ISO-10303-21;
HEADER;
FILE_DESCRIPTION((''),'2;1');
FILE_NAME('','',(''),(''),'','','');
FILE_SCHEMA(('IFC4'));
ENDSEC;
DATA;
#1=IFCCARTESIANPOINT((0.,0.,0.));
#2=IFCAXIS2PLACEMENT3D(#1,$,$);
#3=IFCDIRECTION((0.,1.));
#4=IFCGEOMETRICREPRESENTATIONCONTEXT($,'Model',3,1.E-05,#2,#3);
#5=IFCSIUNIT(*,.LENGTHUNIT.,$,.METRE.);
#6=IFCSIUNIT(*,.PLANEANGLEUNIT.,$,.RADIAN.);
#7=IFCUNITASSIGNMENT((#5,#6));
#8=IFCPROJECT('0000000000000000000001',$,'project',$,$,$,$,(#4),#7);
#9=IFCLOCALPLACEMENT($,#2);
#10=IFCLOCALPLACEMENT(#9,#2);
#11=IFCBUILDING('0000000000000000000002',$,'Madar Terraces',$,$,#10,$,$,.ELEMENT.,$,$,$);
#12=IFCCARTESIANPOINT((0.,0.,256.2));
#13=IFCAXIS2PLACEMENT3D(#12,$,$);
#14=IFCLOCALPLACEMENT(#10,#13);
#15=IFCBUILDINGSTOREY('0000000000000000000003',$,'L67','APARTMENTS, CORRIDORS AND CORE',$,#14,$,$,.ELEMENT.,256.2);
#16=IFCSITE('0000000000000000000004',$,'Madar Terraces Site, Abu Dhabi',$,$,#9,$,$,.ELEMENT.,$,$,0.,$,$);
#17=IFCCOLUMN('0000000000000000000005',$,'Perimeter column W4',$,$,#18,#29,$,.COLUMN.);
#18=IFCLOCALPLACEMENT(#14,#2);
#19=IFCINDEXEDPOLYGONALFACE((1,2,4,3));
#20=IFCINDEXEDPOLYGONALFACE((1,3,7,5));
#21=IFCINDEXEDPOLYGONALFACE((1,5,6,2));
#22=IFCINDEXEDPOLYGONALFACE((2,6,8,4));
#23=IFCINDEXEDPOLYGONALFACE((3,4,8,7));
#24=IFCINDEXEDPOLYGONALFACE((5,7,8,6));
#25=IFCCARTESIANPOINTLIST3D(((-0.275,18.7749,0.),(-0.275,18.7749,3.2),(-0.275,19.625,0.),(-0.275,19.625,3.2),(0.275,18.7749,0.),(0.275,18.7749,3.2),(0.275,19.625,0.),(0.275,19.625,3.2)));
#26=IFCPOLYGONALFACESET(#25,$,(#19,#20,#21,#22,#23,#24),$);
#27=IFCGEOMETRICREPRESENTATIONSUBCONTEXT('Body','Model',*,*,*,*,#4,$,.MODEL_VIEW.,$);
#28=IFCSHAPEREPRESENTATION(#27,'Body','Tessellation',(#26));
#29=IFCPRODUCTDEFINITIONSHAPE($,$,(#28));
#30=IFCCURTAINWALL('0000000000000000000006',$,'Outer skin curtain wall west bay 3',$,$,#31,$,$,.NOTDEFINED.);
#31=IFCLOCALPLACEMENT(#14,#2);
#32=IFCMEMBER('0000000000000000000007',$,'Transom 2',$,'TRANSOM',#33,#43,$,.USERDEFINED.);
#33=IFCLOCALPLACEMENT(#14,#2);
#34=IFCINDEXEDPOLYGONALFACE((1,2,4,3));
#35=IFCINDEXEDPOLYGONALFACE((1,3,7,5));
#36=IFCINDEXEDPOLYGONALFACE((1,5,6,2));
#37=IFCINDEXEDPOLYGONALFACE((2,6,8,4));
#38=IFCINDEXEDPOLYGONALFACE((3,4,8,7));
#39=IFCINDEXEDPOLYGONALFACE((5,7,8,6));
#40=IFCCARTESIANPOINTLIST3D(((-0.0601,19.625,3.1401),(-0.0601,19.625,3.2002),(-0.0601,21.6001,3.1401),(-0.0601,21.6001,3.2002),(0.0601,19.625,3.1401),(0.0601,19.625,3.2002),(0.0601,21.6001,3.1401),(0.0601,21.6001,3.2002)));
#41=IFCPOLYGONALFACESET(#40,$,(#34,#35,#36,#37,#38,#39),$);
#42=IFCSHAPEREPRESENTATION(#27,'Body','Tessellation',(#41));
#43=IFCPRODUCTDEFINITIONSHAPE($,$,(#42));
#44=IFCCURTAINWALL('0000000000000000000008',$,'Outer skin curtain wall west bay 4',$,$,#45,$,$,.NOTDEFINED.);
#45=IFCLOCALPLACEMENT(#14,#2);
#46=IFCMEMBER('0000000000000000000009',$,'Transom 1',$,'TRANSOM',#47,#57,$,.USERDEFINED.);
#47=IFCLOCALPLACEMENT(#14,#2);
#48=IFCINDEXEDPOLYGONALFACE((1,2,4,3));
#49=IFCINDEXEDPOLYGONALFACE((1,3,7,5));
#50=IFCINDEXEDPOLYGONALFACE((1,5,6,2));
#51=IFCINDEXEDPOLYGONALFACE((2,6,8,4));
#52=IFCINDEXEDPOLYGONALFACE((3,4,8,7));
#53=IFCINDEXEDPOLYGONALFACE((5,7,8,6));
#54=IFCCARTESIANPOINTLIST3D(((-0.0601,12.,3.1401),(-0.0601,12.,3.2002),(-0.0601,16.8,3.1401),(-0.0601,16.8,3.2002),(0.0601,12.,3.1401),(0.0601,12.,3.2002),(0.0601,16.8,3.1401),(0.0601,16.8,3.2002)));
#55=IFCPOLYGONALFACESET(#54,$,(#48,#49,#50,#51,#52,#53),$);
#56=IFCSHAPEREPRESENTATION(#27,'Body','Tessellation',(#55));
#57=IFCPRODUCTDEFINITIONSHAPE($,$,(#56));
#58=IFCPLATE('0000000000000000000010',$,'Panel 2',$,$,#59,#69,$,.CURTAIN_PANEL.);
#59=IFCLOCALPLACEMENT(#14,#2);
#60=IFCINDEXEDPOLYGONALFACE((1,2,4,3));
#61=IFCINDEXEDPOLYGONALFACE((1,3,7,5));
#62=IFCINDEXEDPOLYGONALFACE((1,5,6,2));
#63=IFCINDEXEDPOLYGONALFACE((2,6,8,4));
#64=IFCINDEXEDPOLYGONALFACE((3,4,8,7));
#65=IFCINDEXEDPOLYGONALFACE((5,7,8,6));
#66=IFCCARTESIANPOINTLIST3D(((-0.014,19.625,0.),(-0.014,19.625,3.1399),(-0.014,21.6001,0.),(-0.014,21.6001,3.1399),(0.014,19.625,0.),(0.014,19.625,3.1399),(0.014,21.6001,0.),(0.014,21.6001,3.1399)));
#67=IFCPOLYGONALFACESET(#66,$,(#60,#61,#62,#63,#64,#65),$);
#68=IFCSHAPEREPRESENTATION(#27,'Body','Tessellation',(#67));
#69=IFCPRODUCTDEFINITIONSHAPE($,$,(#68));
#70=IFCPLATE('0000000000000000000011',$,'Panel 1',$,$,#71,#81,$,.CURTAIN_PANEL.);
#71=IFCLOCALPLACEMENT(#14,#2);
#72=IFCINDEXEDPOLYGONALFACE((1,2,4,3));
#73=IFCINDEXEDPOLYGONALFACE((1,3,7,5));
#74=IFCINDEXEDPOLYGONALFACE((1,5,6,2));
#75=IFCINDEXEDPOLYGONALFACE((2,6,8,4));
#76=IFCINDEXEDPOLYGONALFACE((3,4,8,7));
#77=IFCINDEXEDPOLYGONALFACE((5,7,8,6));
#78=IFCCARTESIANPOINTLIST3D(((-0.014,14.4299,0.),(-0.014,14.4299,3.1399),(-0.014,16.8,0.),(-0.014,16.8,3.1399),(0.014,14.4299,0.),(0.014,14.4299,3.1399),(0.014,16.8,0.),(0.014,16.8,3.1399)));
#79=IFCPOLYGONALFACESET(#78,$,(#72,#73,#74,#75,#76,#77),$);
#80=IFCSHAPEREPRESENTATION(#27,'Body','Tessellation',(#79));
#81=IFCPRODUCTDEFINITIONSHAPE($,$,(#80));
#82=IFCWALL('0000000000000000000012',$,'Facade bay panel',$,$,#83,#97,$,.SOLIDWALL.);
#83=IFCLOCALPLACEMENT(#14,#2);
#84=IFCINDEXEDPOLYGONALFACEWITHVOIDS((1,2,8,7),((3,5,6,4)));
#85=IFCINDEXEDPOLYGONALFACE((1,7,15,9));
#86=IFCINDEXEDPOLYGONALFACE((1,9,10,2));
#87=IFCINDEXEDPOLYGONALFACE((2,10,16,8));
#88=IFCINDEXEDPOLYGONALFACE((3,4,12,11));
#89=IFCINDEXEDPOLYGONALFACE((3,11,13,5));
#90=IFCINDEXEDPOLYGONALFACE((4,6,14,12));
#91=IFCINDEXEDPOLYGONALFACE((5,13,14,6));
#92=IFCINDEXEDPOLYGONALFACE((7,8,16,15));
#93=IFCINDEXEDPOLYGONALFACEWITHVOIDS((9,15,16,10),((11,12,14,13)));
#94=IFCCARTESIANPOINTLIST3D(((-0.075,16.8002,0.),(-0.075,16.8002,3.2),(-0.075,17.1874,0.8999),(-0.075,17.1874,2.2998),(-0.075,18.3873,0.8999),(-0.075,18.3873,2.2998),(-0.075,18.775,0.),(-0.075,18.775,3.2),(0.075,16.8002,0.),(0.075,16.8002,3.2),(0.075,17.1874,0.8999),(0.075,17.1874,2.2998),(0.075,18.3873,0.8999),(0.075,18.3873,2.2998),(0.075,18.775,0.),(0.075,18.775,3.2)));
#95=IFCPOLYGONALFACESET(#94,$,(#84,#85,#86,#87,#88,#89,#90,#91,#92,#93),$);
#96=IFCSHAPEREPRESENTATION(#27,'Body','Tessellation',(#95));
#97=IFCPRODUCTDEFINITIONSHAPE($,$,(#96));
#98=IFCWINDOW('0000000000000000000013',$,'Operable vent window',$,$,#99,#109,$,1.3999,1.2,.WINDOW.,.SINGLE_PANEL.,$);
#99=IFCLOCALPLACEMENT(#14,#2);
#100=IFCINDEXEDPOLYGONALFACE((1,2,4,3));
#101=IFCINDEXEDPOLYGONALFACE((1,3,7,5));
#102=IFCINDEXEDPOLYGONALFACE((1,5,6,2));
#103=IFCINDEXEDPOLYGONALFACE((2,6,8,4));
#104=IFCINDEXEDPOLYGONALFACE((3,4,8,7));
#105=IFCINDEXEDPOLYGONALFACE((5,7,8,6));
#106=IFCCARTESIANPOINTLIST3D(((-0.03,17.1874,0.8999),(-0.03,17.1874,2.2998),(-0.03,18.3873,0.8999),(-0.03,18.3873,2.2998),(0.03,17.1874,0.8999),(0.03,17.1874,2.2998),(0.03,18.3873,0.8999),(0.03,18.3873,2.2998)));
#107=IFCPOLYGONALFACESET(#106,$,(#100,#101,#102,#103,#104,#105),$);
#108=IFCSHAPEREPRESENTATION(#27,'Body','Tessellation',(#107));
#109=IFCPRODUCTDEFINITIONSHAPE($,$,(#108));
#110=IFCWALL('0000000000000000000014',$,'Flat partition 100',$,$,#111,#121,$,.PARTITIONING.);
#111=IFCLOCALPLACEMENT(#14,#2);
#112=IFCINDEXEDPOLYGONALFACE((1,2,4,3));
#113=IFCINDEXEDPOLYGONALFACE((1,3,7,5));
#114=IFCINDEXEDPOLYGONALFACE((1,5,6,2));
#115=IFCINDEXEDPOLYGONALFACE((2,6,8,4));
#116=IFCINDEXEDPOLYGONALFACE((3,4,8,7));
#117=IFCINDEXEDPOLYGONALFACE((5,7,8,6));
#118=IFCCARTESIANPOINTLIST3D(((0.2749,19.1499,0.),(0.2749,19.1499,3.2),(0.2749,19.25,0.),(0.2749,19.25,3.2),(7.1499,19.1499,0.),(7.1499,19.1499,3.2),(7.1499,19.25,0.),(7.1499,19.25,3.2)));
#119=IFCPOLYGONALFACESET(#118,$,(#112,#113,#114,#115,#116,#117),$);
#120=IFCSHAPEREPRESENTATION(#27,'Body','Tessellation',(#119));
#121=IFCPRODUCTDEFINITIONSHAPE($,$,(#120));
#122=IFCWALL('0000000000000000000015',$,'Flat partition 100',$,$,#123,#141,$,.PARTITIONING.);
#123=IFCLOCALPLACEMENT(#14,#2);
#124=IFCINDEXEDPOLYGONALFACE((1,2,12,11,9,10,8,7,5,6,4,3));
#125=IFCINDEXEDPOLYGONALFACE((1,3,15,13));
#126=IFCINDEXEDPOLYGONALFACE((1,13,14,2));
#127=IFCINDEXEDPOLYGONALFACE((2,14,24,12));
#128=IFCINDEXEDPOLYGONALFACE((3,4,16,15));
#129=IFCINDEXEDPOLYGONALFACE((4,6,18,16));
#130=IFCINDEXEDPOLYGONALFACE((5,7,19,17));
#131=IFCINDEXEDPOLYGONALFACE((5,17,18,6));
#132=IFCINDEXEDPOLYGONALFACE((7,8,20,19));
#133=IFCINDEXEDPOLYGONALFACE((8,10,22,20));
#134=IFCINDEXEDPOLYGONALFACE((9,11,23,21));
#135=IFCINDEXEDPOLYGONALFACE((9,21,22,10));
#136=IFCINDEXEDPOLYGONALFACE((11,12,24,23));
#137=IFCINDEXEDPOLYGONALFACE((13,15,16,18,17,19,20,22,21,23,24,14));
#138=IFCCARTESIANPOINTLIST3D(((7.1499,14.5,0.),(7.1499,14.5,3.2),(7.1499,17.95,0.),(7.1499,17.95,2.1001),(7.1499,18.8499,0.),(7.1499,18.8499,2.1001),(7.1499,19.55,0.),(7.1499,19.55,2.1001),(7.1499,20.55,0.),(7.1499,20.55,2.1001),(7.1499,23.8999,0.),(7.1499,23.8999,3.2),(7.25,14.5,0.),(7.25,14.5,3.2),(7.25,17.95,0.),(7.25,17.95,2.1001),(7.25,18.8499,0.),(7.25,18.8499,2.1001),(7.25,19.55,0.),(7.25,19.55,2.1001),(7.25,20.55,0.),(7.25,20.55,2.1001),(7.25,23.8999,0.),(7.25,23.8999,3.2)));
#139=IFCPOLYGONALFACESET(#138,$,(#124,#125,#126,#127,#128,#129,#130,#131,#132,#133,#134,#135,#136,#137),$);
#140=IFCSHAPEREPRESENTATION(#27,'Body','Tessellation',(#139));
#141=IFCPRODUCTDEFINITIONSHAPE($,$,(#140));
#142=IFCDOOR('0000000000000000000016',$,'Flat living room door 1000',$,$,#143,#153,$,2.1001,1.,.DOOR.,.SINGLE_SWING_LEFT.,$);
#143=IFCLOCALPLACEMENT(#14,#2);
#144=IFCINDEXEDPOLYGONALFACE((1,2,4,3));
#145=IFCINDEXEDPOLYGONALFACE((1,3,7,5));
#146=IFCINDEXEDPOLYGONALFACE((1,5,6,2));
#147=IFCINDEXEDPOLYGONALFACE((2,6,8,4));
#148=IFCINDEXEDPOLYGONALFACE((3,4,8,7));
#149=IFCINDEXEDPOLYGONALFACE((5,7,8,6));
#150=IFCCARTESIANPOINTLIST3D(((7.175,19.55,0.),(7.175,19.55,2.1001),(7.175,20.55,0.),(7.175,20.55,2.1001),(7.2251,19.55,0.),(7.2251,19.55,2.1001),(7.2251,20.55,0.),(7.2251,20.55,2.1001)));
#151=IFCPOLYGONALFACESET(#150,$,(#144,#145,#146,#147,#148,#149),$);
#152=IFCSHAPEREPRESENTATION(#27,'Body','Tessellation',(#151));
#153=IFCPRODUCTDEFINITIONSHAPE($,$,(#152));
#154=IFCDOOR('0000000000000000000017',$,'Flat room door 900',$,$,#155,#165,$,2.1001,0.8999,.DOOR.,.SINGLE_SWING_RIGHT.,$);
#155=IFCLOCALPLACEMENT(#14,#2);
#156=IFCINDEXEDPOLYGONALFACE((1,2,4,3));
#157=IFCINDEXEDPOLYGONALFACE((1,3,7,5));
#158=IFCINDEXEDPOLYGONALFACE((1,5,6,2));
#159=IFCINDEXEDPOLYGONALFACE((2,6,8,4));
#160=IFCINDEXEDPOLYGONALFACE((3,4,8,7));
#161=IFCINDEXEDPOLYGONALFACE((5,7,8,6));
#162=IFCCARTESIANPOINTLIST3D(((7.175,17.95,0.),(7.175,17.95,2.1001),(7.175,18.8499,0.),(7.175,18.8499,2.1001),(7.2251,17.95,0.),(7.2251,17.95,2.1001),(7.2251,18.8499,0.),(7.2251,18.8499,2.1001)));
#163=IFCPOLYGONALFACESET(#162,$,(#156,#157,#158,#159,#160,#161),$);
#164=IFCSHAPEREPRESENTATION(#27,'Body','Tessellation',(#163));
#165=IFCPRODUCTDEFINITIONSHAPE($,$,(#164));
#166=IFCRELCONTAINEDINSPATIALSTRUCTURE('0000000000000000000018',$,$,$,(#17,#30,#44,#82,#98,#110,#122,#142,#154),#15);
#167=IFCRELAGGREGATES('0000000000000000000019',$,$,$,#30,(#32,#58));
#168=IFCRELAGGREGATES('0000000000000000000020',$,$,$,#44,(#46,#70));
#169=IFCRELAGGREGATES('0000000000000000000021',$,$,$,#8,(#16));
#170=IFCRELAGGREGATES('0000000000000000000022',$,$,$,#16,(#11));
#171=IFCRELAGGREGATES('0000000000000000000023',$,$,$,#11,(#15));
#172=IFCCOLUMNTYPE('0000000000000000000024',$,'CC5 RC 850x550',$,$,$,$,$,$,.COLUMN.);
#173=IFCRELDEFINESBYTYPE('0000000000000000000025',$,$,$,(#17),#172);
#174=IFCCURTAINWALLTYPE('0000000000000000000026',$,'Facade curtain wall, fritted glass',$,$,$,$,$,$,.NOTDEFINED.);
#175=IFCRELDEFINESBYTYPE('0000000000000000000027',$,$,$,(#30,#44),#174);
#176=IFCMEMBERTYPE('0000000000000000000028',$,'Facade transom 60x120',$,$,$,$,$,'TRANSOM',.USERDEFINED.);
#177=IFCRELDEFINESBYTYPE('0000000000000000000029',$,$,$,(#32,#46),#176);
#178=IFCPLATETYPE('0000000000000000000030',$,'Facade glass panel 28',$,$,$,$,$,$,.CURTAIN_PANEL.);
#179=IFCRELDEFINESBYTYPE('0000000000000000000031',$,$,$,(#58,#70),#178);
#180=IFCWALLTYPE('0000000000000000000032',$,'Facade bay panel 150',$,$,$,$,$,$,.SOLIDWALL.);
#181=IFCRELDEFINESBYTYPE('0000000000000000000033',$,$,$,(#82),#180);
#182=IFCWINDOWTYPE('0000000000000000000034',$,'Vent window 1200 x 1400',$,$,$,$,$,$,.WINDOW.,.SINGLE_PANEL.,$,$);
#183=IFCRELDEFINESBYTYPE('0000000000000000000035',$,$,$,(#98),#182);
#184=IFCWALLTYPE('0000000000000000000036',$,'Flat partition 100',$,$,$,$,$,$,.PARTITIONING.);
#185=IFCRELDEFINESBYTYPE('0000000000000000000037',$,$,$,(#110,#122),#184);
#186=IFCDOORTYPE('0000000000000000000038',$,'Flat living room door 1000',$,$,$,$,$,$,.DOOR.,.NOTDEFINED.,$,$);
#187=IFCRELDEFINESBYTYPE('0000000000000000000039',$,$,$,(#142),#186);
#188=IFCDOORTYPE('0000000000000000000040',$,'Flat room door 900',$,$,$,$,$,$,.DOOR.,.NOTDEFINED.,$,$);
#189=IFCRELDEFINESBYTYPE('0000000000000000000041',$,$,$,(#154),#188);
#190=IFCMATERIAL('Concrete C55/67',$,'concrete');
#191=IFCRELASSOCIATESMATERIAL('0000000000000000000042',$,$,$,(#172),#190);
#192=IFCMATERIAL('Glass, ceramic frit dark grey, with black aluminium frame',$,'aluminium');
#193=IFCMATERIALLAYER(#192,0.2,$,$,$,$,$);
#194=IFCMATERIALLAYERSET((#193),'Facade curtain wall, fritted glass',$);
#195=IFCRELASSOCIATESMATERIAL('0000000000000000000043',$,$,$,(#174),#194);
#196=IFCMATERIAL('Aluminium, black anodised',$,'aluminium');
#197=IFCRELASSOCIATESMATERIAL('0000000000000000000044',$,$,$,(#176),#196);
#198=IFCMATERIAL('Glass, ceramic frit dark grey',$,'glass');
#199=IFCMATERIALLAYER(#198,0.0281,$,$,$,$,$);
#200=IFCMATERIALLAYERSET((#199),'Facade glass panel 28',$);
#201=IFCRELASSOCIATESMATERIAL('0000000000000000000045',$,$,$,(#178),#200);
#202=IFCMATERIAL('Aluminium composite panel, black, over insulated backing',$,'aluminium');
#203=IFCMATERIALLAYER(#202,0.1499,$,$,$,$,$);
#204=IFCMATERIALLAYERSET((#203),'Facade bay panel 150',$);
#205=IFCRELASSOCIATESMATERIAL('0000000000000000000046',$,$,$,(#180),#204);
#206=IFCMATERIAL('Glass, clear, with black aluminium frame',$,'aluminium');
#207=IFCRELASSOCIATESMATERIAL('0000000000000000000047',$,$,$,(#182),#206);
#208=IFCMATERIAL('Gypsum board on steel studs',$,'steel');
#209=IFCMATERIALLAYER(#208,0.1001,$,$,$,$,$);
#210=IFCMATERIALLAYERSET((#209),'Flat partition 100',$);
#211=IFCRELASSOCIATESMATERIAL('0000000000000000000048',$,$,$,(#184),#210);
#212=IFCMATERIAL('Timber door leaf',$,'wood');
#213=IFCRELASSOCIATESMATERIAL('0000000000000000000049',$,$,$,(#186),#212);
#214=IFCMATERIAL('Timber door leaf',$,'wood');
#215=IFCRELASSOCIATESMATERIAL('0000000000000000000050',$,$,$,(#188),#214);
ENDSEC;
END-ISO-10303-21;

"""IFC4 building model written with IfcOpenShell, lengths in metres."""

from ifc_helpers import new_model, si_unit, direction, frame, frame_2d, origin, origin_2d, place, context, subcontext, project, spatial, rectangle, extrude, material, layer, layer_set, material_profile, profile_set, type_object, element, fill, aggregate, save


model = new_model("IFC4")

# Units and contexts
model_context = context("Model", 3, precision=1e-05, world=origin(), true_north=direction((0.0, 1.0)))
body_context = subcontext(model_context, "Body", "Model", "MODEL_VIEW")
ifc_project = project(units=[si_unit("LENGTHUNIT", "METRE"), si_unit("PLANEANGLEUNIT", "RADIAN")], contexts=[model_context])

# Site, building, storey
site_placement = place(None, origin())
site = spatial("IfcSite", under=ifc_project, at=site_placement, Name="Madar Terraces Site, Abu Dhabi", CompositionType="ELEMENT", RefElevation=0.0)
building_placement = place(site_placement, origin())
building = spatial("IfcBuilding", under=site, at=building_placement, Name="Madar Terraces", CompositionType="ELEMENT")
storey_placement = place(building_placement, frame((0.0, 0.0, 256.2)))
storey = spatial("IfcBuildingStorey", under=building, at=storey_placement, Name="L67", Description="APARTMENTS, CORRIDORS AND CORE", CompositionType="ELEMENT", Elevation=256.2)

# Column
ifc_material_1 = material(Name="Concrete C55/67", Category="concrete")
ifc_material_profile_1 = material_profile(ifc_material_1, rectangle(XDim=0.8501, YDim=0.55, at=origin_2d()), Name="CC5 RC 850x550")
ifc_profile_set_1 = profile_set([ifc_material_profile_1], Name="Concrete C55/67")
column_type = type_object("IfcColumnType", Name="CC5 RC 850x550", PredefinedType="COLUMN", material=ifc_profile_set_1)
column_placement = place(storey_placement, frame((0.0, 19.2, 0.0), z_axis=(0.0, 0.0, 1.0), x_axis=(0.0, 1.0, 0.0)))
element("IfcColumn", 1, at=column_placement, inside=storey, type_object=column_type, Name="Perimeter column W4", PredefinedType="COLUMN", context=body_context, shape_type="SweptSolid", body=[
    extrude(rectangle(XDim=0.8501, YDim=0.55, at=origin_2d()), origin(), (0.0, 0.0, 1.0), 3.2),
])

# Curtain walls, members
ifc_material_2 = material(Name="Glass, ceramic frit dark grey, with black aluminium frame", Category="aluminium")
ifc_layer_1 = layer(ifc_material_2, 0.2)
ifc_layer_set_1 = layer_set([ifc_layer_1], Name="Facade curtain wall, fritted glass")
curtain_wall_type = type_object("IfcCurtainWallType", Name="Facade curtain wall, fritted glass", PredefinedType="NOTDEFINED", material=ifc_layer_set_1)
curtain_wall_1_placement = place(storey_placement, origin())
curtain_wall_1 = element("IfcCurtainWall", 2, at=curtain_wall_1_placement, inside=storey, type_object=curtain_wall_type, Name="Outer skin curtain wall west bay 3", PredefinedType="NOTDEFINED")
ifc_material_3 = material(Name="Aluminium, black anodised", Category="aluminium")
ifc_material_profile_2 = material_profile(ifc_material_3, rectangle(XDim=0.1201, YDim=0.0601, at=origin_2d()), Name="Facade transom 60x120")
ifc_profile_set_2 = profile_set([ifc_material_profile_2], Name="Aluminium, black anodised")
member_type = type_object("IfcMemberType", Name="Facade transom 60x120", ElementType="TRANSOM", PredefinedType="USERDEFINED", material=ifc_profile_set_2)
member_1_placement = place(storey_placement, frame((0.0, 21.6001, 3.1702), z_axis=(0.0, -1.0, 0.0), x_axis=(1.0, 0.0, 0.0)))
member_1 = element("IfcMember", 3, at=member_1_placement, type_object=member_type, Name="Transom 2", ObjectType="TRANSOM", PredefinedType="USERDEFINED", context=body_context, shape_type="SweptSolid", body=[
    extrude(rectangle(XDim=0.1201, YDim=0.0601, at=origin_2d()), origin(), (0.0, 0.0, 1.0), 1.9751),
])
curtain_wall_2_placement = place(storey_placement, origin())
curtain_wall_2 = element("IfcCurtainWall", 4, at=curtain_wall_2_placement, inside=storey, type_object=curtain_wall_type, Name="Outer skin curtain wall west bay 4", PredefinedType="NOTDEFINED")
member_2_placement = place(storey_placement, frame((0.0, 16.8, 3.1702), z_axis=(0.0, -1.0, 0.0), x_axis=(1.0, 0.0, 0.0)))
member_2 = element("IfcMember", 5, at=member_2_placement, type_object=member_type, Name="Transom 1", ObjectType="TRANSOM", PredefinedType="USERDEFINED", context=body_context, shape_type="SweptSolid", body=[
    extrude(rectangle(XDim=0.1201, YDim=0.0601, at=origin_2d()), origin(), (0.0, 0.0, 1.0), 4.8),
])

# Plates
ifc_material_4 = material(Name="Glass, ceramic frit dark grey", Category="glass")
ifc_layer_2 = layer(ifc_material_4, 0.0281)
ifc_layer_set_2 = layer_set([ifc_layer_2], Name="Facade glass panel 28")
plate_type = type_object("IfcPlateType", Name="Facade glass panel 28", PredefinedType="CURTAIN_PANEL", material=ifc_layer_set_2)
plate_1_placement = place(storey_placement, frame((0.0, 20.6125, 0.0), z_axis=(0.0, 0.0, 1.0), x_axis=(0.0, -1.0, 0.0)))
plate_1 = element("IfcPlate", 6, at=plate_1_placement, type_object=plate_type, Name="Panel 2", PredefinedType="CURTAIN_PANEL", context=body_context, shape_type="SweptSolid", body=[
    extrude(rectangle(XDim=1.9751, YDim=0.0281, at=origin_2d()), origin(), (0.0, 0.0, 1.0), 3.1399),
])
aggregate(curtain_wall_1, [member_1, plate_1])
plate_2_placement = place(storey_placement, frame((0.0, 15.615, 0.0), z_axis=(0.0, 0.0, 1.0), x_axis=(0.0, -1.0, 0.0)))
plate_2 = element("IfcPlate", 7, at=plate_2_placement, type_object=plate_type, Name="Panel 1", PredefinedType="CURTAIN_PANEL", context=body_context, shape_type="SweptSolid", body=[
    extrude(rectangle(XDim=2.3701, YDim=0.0281, at=origin_2d()), origin(), (0.0, 0.0, 1.0), 3.1399),
])
aggregate(curtain_wall_2, [member_2, plate_2])

# Wall, opening, window
ifc_material_5 = material(Name="Aluminium composite panel, black, over insulated backing", Category="aluminium")
ifc_layer_3 = layer(ifc_material_5, 0.1499)
ifc_layer_set_3 = layer_set([ifc_layer_3], Name="Facade bay panel 150")
wall_type_1 = type_object("IfcWallType", Name="Facade bay panel 150", PredefinedType="SOLIDWALL", material=ifc_layer_set_3)
wall_1_placement = place(storey_placement, frame((0.0, 18.7749, 0.0), z_axis=(0.0, 0.0, 1.0), x_axis=(0.0, -1.0, 0.0)))
wall_1 = element("IfcWall", 8, at=wall_1_placement, inside=storey, type_object=wall_type_1, Name="Facade bay panel", PredefinedType="SOLIDWALL", context=body_context, shape_type="SweptSolid", body=[
    extrude(rectangle(XDim=1.9749, YDim=0.1499, at=frame_2d((0.9873, 0.0))), origin(), (0.0, 0.0, 1.0), 3.2),
])
opening_1_placement = place(wall_1_placement, frame((0.3875, 0.0, 0.8999)))
opening_1 = element("IfcOpeningElement", 9, at=opening_1_placement, cuts=wall_1, PredefinedType="OPENING", context=body_context, shape_type="SweptSolid", body=[
    extrude(rectangle(XDim=1.2, YDim=1.3999, at=frame_2d((0.6001, 0.7))), frame((0.0, 0.085, 0.0), z_axis=(0.0, -1.0, 0.0), x_axis=(1.0, 0.0, 0.0)), (0.0, 0.0, 1.0), 0.1699),
])
ifc_material_6 = material(Name="Glass, clear, with black aluminium frame", Category="aluminium")
window_type = type_object("IfcWindowType", Name="Vent window 1200 x 1400", PartitioningType="SINGLE_PANEL", PredefinedType="WINDOW", material=ifc_material_6)
window_placement = place(opening_1_placement, origin())
window = element("IfcWindow", 10, at=window_placement, inside=storey, type_object=window_type, Name="Operable vent window", OverallHeight=1.3999, OverallWidth=1.2, PartitioningType="SINGLE_PANEL", PredefinedType="WINDOW", context=body_context, shape_type="SweptSolid", body=[
    extrude(rectangle(XDim=1.2, YDim=1.3999, at=frame_2d((0.6001, 0.7))), frame((0.0, 0.03, 0.0), z_axis=(0.0, -1.0, 0.0), x_axis=(1.0, 0.0, 0.0)), (0.0, 0.0, 1.0), 0.0601),
])
fill(opening_1, window)

# Wall
ifc_material_7 = material(Name="Gypsum board on steel studs", Category="steel")
ifc_layer_4 = layer(ifc_material_7, 0.1001)
ifc_layer_set_4 = layer_set([ifc_layer_4], Name="Flat partition 100")
wall_type_2 = type_object("IfcWallType", Name="Flat partition 100", PredefinedType="PARTITIONING", material=ifc_layer_set_4)
wall_2_placement = place(storey_placement, frame((7.1499, 19.2, 0.0), z_axis=(0.0, 0.0, 1.0), x_axis=(-1.0, 0.0, 0.0)))
element("IfcWall", 11, at=wall_2_placement, inside=storey, type_object=wall_type_2, Name="Flat partition 100", PredefinedType="PARTITIONING", context=body_context, shape_type="SweptSolid", body=[
    extrude(rectangle(XDim=6.875, YDim=0.1001, at=frame_2d((3.4375, 0.0))), origin(), (0.0, 0.0, 1.0), 3.2),
])

# Wall, openings, doors
wall_3_placement = place(storey_placement, frame((7.2, 14.5, 0.0), z_axis=(0.0, 0.0, 1.0), x_axis=(0.0, 1.0, 0.0)))
wall_3 = element("IfcWall", 12, at=wall_3_placement, inside=storey, type_object=wall_type_2, Name="Flat partition 100", PredefinedType="PARTITIONING", context=body_context, shape_type="SweptSolid", body=[
    extrude(rectangle(XDim=9.3999, YDim=0.1001, at=frame_2d((4.7, 0.0))), origin(), (0.0, 0.0, 1.0), 3.2),
])
opening_2_placement = place(wall_3_placement, frame((3.45, 0.0, 0.0)))
opening_2 = element("IfcOpeningElement", 13, at=opening_2_placement, cuts=wall_3, PredefinedType="OPENING", context=body_context, shape_type="SweptSolid", body=[
    extrude(rectangle(XDim=0.8999, YDim=2.1001, at=frame_2d((0.45, 1.05))), frame((0.0, 0.0601, 0.0), z_axis=(0.0, -1.0, 0.0), x_axis=(1.0, 0.0, 0.0)), (0.0, 0.0, 1.0), 0.1201),
])
opening_3_placement = place(wall_3_placement, frame((5.05, 0.0, 0.0)))
opening_3 = element("IfcOpeningElement", 14, at=opening_3_placement, cuts=wall_3, PredefinedType="OPENING", context=body_context, shape_type="SweptSolid", body=[
    extrude(rectangle(XDim=1.0, YDim=2.1001, at=frame_2d((0.5, 1.05))), frame((0.0, 0.0601, 0.0), z_axis=(0.0, -1.0, 0.0), x_axis=(1.0, 0.0, 0.0)), (0.0, 0.0, 1.0), 0.1201),
])
ifc_material_8 = material(Name="Timber door leaf", Category="wood")
door_type_1 = type_object("IfcDoorType", Name="Flat living room door 1000", OperationType="NOTDEFINED", PredefinedType="DOOR", material=ifc_material_8)
door_1_placement = place(opening_3_placement, origin())
door_1 = element("IfcDoor", 15, at=door_1_placement, inside=storey, type_object=door_type_1, Name="Flat living room door 1000", OperationType="SINGLE_SWING_LEFT", OverallHeight=2.1001, OverallWidth=1.0, PredefinedType="DOOR", context=body_context, shape_type="SweptSolid", body=[
    extrude(rectangle(XDim=1.0, YDim=2.1001, at=frame_2d((0.5, 1.05))), frame((0.0, 0.0249, 0.0), z_axis=(0.0, -1.0, 0.0), x_axis=(1.0, 0.0, 0.0)), (0.0, 0.0, 1.0), 0.05),
])
fill(opening_3, door_1)
ifc_material_9 = material(Name="Timber door leaf", Category="wood")
door_type_2 = type_object("IfcDoorType", Name="Flat room door 900", OperationType="NOTDEFINED", PredefinedType="DOOR", material=ifc_material_9)
door_2_placement = place(opening_2_placement, origin())
door_2 = element("IfcDoor", 16, at=door_2_placement, inside=storey, type_object=door_type_2, Name="Flat room door 900", OperationType="SINGLE_SWING_RIGHT", OverallHeight=2.1001, OverallWidth=0.8999, PredefinedType="DOOR", context=body_context, shape_type="SweptSolid", body=[
    extrude(rectangle(XDim=0.8999, YDim=2.1001, at=frame_2d((0.45, 1.05))), frame((0.0, 0.0249, 0.0), z_axis=(0.0, -1.0, 0.0), x_axis=(1.0, 0.0, 0.0)), (0.0, 0.0, 1.0), 0.05),
])
fill(opening_2, door_2)

save(model, "model.ifc")
